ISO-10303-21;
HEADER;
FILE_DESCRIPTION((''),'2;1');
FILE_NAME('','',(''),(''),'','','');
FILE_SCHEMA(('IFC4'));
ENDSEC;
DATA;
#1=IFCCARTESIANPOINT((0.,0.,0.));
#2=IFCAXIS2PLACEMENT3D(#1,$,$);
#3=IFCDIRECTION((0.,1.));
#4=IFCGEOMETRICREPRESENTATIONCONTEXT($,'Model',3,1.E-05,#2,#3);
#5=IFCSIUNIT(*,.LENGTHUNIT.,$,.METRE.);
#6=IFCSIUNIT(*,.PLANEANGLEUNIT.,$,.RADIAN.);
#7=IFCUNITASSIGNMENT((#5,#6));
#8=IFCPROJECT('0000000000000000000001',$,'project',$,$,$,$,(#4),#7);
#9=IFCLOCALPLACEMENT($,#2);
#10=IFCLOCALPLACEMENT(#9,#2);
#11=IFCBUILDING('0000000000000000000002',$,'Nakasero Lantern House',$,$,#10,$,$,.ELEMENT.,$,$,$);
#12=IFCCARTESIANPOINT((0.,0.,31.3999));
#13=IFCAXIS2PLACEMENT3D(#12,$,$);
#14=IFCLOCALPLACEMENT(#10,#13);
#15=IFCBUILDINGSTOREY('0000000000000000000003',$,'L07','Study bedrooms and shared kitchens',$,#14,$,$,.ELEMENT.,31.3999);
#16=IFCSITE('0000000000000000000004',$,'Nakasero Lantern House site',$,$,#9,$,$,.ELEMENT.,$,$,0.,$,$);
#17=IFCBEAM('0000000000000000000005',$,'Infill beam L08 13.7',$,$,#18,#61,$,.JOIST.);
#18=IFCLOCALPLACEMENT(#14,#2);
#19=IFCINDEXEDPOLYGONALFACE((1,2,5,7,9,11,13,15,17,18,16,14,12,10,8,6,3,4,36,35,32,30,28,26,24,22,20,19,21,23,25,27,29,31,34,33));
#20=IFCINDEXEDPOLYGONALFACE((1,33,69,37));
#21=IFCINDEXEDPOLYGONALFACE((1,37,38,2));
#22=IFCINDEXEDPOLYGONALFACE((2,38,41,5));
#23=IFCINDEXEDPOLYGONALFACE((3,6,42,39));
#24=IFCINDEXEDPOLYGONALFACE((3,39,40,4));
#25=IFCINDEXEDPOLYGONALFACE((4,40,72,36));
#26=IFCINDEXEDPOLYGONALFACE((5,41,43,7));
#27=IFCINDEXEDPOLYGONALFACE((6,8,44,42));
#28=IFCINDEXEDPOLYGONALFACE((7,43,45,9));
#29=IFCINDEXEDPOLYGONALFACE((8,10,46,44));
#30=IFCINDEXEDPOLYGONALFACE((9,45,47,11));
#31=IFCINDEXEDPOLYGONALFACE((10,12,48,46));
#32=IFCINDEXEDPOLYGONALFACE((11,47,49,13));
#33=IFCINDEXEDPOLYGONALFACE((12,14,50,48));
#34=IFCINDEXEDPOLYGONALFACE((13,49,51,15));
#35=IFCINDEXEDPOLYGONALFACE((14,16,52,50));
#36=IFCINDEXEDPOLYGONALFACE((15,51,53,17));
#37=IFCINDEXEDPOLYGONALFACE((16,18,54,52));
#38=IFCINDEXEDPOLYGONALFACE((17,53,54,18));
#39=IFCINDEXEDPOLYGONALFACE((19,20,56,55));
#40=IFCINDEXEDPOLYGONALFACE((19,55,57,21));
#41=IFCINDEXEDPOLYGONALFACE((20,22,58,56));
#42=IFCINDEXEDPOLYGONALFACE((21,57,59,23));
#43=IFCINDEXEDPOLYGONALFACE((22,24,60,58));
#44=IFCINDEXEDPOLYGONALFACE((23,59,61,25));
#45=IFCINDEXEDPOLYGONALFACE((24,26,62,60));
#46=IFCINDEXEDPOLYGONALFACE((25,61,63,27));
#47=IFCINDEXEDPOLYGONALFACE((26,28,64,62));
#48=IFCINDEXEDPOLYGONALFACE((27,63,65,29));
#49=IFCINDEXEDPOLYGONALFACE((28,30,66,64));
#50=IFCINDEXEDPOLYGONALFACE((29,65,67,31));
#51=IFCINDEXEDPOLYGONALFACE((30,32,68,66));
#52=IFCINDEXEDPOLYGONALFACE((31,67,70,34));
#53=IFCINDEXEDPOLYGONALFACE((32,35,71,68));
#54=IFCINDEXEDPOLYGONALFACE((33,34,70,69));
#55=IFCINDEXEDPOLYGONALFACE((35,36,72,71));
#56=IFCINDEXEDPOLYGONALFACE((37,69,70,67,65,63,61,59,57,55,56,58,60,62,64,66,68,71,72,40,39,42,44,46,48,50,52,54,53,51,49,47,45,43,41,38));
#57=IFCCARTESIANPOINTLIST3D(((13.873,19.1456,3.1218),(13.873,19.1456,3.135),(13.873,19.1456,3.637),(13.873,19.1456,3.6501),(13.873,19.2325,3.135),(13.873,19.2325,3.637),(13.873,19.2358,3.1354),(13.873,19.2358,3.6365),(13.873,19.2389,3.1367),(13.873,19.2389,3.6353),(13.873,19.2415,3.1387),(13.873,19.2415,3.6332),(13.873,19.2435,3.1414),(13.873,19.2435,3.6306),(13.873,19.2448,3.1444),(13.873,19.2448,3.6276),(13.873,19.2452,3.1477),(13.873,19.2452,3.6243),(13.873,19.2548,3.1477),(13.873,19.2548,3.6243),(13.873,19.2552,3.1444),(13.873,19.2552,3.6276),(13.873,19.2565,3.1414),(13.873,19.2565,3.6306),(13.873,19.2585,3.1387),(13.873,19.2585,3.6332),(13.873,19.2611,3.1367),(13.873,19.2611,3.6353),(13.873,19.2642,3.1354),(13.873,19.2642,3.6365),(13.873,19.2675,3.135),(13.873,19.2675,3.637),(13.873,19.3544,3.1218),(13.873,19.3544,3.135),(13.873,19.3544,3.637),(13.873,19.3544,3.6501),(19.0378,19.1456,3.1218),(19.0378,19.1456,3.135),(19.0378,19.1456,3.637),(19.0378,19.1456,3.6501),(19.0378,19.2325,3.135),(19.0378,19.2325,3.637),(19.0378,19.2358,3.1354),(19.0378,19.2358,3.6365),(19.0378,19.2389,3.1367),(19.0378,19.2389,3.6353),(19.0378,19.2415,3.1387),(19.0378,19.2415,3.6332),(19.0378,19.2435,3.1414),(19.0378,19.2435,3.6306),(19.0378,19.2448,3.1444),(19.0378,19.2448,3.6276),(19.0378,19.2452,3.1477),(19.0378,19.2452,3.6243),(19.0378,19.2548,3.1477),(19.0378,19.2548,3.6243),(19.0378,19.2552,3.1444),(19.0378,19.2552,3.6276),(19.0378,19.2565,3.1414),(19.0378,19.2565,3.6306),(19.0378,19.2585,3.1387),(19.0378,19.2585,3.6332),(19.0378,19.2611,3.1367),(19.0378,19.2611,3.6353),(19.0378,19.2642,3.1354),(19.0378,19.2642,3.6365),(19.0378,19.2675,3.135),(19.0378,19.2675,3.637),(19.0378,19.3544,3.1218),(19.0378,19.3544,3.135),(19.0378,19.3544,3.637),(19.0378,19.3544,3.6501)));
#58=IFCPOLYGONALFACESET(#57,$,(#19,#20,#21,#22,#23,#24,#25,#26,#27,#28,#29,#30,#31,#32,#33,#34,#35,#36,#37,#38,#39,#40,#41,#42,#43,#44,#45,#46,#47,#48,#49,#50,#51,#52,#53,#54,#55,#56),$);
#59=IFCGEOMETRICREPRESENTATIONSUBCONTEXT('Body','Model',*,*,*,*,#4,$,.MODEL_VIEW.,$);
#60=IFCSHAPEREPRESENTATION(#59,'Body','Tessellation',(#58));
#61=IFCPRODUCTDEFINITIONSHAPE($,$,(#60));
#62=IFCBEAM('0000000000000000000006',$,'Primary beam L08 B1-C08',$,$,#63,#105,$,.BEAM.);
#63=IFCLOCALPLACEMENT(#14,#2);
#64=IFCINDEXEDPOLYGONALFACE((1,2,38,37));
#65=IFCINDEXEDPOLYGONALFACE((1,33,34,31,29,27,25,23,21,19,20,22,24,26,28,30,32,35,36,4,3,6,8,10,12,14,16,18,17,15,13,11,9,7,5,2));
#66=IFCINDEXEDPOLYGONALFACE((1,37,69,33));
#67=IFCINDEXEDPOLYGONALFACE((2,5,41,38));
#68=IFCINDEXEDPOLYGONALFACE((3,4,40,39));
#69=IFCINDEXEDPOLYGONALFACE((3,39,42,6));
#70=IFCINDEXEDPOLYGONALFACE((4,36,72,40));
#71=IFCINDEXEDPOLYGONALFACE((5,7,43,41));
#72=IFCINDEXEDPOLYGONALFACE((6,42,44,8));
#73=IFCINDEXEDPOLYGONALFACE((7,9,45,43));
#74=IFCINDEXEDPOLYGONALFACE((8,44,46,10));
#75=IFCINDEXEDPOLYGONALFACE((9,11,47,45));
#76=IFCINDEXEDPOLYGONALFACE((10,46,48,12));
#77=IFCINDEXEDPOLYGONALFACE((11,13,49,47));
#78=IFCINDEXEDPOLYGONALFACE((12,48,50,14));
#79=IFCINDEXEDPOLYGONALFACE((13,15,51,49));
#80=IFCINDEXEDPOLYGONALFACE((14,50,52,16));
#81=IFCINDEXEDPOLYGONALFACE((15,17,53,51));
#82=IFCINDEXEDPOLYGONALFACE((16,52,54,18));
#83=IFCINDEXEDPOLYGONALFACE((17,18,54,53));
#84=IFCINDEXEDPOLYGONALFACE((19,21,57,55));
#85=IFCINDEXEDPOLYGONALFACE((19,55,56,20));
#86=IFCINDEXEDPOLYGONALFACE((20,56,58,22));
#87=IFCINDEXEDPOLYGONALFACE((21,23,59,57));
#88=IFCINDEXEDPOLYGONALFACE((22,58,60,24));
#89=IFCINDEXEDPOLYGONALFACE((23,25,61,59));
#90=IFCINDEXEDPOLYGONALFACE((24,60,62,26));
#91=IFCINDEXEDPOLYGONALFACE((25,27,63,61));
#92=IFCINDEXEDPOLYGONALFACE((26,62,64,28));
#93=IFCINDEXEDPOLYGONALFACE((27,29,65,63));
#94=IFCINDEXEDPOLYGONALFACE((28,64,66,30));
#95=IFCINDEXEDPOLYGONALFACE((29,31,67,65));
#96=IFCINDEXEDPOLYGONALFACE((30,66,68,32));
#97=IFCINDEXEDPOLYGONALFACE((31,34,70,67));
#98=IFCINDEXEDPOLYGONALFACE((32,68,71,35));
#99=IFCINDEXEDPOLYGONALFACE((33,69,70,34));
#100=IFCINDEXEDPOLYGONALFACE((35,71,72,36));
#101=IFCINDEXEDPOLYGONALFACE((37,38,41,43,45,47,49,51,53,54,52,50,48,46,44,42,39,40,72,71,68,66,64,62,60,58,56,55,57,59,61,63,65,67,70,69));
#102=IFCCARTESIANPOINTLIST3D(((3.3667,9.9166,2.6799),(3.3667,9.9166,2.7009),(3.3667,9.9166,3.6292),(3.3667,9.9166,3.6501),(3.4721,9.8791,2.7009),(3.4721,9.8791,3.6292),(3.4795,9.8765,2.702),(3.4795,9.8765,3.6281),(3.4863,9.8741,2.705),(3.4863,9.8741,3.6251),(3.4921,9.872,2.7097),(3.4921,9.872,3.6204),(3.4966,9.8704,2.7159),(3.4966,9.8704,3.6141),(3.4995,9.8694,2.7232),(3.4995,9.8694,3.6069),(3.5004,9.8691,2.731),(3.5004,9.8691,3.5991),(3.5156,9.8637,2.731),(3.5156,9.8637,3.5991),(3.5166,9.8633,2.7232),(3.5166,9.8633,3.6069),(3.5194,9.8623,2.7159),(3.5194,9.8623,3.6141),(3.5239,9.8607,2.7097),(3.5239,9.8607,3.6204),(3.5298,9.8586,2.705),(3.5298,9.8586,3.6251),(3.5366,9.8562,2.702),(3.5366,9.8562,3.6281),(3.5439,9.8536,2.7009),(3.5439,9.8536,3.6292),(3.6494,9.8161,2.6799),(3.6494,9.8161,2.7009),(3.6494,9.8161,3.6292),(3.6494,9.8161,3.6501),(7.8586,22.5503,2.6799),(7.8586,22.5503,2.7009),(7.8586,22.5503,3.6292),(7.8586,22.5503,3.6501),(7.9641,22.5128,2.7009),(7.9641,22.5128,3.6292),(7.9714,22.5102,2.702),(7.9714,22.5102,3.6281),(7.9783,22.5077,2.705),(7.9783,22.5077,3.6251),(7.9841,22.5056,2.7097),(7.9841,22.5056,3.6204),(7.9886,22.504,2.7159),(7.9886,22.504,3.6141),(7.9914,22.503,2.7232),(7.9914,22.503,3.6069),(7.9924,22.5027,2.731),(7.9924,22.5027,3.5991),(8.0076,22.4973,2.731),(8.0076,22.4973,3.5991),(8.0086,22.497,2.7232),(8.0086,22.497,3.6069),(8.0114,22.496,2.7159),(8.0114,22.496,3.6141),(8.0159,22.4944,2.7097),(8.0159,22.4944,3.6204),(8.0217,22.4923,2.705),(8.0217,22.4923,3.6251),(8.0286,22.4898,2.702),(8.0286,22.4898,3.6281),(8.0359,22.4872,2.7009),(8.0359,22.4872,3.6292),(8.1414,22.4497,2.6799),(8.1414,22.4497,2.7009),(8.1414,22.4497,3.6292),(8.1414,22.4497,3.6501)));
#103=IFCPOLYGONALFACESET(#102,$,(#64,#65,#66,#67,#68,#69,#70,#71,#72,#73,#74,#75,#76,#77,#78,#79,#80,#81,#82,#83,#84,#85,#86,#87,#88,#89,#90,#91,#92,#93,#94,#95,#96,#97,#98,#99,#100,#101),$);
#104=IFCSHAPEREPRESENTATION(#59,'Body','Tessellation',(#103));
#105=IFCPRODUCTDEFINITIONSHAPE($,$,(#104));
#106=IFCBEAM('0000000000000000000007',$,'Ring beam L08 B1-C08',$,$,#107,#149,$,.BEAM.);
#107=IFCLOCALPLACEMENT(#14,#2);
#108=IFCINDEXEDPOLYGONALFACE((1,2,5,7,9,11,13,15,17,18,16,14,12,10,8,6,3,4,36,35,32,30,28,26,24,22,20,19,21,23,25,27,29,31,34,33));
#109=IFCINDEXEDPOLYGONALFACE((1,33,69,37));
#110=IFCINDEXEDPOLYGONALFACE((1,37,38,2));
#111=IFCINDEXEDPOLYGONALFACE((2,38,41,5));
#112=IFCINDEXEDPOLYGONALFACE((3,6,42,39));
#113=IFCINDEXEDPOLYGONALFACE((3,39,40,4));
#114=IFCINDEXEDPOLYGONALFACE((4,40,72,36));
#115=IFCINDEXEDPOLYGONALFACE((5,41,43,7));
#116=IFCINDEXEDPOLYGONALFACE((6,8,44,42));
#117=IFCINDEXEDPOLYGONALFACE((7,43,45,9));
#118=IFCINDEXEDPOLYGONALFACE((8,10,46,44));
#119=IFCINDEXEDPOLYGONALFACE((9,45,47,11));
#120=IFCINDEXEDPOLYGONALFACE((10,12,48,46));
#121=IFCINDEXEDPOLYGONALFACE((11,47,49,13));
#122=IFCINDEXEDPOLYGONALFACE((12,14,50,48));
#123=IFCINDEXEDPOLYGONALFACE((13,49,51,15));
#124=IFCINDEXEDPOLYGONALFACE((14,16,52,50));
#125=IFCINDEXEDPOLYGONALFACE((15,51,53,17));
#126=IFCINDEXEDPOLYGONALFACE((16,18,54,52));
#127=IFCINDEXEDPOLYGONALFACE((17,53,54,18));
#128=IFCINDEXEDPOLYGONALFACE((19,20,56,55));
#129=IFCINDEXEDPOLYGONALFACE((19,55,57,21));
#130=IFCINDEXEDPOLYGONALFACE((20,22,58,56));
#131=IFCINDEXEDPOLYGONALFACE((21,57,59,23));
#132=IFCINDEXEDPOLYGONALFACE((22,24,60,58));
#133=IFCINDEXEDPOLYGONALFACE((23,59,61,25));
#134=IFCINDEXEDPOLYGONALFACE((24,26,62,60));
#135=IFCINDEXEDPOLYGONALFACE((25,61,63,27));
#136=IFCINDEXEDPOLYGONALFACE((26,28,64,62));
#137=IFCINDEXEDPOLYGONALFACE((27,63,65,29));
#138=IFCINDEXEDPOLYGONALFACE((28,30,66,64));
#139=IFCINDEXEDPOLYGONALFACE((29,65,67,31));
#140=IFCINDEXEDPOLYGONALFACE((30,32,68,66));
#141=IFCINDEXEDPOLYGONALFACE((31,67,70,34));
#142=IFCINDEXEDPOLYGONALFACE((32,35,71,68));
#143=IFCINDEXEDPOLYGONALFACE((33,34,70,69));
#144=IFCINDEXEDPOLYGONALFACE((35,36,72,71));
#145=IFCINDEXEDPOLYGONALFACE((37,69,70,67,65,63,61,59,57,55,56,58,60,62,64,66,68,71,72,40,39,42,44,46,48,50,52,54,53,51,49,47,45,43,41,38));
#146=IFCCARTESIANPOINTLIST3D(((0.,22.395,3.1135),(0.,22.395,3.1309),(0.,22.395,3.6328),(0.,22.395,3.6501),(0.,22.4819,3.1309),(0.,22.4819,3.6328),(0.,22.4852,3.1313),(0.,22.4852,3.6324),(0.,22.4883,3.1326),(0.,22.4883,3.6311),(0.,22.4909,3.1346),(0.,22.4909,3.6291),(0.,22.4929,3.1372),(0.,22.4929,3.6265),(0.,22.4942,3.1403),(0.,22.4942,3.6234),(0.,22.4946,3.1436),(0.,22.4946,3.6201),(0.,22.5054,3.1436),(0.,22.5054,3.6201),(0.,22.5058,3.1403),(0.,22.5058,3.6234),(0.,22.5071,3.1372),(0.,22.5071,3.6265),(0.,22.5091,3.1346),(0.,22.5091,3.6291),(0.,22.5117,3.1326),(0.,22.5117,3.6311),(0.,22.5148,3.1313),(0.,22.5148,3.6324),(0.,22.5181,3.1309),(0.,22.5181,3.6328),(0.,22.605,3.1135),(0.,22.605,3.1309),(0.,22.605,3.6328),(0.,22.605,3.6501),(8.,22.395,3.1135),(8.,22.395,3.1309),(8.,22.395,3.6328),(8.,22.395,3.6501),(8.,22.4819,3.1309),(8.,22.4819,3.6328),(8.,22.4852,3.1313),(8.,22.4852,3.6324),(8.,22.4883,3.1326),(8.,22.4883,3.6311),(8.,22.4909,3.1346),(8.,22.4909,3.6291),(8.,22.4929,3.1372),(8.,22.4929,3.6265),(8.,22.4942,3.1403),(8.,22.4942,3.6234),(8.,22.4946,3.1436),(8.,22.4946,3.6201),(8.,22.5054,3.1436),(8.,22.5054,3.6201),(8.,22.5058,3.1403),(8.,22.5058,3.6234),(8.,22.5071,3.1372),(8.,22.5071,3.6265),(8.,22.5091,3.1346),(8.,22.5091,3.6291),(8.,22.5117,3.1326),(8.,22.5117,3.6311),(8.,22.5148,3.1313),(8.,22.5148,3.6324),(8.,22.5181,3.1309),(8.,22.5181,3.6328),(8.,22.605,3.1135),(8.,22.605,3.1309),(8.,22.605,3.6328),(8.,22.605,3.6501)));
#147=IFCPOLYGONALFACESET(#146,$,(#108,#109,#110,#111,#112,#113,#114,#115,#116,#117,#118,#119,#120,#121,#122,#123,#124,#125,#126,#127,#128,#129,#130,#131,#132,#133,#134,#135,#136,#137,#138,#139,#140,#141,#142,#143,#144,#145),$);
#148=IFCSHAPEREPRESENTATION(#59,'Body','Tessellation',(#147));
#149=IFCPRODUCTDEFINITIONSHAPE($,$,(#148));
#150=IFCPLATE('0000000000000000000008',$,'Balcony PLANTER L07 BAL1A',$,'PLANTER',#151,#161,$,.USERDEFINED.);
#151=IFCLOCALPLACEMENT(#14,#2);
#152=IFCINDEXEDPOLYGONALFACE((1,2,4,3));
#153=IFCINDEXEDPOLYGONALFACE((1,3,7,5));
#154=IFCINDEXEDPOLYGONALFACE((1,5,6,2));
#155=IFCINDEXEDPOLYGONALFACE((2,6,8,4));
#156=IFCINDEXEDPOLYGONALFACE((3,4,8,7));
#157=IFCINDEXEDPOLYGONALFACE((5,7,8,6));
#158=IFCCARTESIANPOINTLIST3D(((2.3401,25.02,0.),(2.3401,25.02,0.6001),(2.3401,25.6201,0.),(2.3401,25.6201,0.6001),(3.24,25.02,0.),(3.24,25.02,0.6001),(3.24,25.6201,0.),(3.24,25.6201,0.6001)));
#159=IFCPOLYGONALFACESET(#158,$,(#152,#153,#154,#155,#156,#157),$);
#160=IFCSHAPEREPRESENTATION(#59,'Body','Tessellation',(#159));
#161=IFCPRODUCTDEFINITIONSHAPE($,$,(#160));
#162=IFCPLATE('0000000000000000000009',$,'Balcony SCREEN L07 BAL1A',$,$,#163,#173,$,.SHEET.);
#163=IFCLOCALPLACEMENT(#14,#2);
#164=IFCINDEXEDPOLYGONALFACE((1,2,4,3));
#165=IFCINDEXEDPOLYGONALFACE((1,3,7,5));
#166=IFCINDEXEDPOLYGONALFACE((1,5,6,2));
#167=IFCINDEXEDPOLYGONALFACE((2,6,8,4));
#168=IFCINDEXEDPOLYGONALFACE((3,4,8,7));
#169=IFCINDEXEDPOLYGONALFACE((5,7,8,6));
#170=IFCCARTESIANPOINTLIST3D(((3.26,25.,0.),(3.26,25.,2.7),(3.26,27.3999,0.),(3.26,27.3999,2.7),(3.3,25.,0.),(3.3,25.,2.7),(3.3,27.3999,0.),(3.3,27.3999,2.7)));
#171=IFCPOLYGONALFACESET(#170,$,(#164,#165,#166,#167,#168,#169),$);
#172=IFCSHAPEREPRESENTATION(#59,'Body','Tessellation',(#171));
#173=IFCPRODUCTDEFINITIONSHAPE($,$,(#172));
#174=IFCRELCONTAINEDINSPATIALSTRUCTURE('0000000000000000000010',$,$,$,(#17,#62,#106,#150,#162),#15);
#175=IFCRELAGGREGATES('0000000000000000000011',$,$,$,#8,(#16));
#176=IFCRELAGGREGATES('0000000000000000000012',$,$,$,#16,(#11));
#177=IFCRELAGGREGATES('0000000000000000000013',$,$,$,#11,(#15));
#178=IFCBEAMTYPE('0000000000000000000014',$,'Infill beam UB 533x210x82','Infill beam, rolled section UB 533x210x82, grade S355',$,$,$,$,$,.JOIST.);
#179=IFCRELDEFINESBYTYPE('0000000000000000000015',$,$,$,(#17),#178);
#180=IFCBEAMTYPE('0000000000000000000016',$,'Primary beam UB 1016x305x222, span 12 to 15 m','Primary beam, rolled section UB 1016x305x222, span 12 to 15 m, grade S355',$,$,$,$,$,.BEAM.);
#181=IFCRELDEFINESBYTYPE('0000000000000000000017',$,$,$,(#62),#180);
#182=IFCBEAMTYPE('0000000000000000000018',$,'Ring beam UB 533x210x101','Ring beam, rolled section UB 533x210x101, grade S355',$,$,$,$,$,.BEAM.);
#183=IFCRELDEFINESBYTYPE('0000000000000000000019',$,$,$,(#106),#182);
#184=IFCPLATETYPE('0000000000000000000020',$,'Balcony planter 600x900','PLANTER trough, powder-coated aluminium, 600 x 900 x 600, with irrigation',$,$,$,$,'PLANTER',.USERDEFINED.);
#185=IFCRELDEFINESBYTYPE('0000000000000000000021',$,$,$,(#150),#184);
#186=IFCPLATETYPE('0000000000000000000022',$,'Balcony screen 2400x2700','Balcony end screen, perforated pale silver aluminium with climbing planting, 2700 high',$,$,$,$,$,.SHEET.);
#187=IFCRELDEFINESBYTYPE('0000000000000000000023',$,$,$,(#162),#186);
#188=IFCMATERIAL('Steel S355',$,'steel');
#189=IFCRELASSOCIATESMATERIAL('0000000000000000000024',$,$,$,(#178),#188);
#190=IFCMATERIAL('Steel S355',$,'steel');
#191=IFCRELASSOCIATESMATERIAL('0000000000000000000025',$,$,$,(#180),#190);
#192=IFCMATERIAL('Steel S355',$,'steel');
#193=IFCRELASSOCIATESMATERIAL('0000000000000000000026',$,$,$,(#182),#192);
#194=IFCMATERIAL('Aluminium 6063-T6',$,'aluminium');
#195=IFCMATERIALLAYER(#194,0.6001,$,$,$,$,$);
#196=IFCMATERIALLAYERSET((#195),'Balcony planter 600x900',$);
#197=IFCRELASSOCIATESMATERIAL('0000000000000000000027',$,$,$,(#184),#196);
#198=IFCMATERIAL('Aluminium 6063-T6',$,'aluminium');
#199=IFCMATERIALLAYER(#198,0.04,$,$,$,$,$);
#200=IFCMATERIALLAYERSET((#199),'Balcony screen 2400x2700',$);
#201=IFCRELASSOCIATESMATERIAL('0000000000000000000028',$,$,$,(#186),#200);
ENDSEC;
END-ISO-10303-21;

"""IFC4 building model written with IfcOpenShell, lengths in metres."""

from ifc_helpers import new_model, si_unit, direction, frame, origin, origin_2d, place, context, subcontext, project, spatial, rectangle, i_section, extrude, material, layer, layer_set, material_profile, profile_set, type_object, element, save


model = new_model("IFC4")

# Units and contexts
model_context = context("Model", 3, precision=1e-05, world=origin(), true_north=direction((0.0, 1.0)))
body_context = subcontext(model_context, "Body", "Model", "MODEL_VIEW")
ifc_project = project(units=[si_unit("LENGTHUNIT", "METRE"), si_unit("PLANEANGLEUNIT", "RADIAN")], contexts=[model_context])

# Site, building, storey
site_placement = place(None, origin())
site = spatial("IfcSite", under=ifc_project, at=site_placement, Name="Nakasero Lantern House site", CompositionType="ELEMENT", RefElevation=0.0)
building_placement = place(site_placement, origin())
building = spatial("IfcBuilding", under=site, at=building_placement, Name="Nakasero Lantern House", CompositionType="ELEMENT")
storey_placement = place(building_placement, frame((0.0, 0.0, 31.3999)))
storey = spatial("IfcBuildingStorey", under=building, at=storey_placement, Name="L07", Description="Study bedrooms and shared kitchens", CompositionType="ELEMENT", Elevation=31.3999)

# Beams
ifc_material_1 = material(Name="Steel S355", Category="steel")
ifc_material_profile_1 = material_profile(ifc_material_1, i_section(OverallWidth=0.2087, OverallDepth=0.5283, WebThickness=0.0095, FlangeThickness=0.0132, FilletRadius=0.0127, at=origin_2d()), Name="UB 533x210x82")
ifc_profile_set_1 = profile_set([ifc_material_profile_1], Name="Steel S355")
beam_type_1 = type_object("IfcBeamType", Name="Infill beam UB 533x210x82", Description="Infill beam, rolled section UB 533x210x82, grade S355", PredefinedType="JOIST", material=ifc_profile_set_1)
beam_1_placement = place(storey_placement, frame((13.873, 19.25, 3.386), z_axis=(1.0, 0.0, 0.0), x_axis=(0.0, 1.0, 0.0)))
element("IfcBeam", 1, at=beam_1_placement, inside=storey, type_object=beam_type_1, Name="Infill beam L08 13.7", PredefinedType="JOIST", context=body_context, shape_type="SweptSolid", body=[
    extrude(i_section(OverallWidth=0.2087, OverallDepth=0.5283, WebThickness=0.0095, FlangeThickness=0.0132, FilletRadius=0.0127, at=origin_2d()), origin(), (0.0, 0.0, 1.0), 5.1648),
])
ifc_material_2 = material(Name="Steel S355", Category="steel")
ifc_material_profile_2 = material_profile(ifc_material_2, i_section(OverallWidth=0.3, OverallDepth=0.9702, WebThickness=0.0161, FlangeThickness=0.021, FilletRadius=0.03, at=origin_2d()), Name="UB 1016x305x222")
ifc_profile_set_2 = profile_set([ifc_material_profile_2], Name="Steel S355")
beam_type_2 = type_object("IfcBeamType", Name="Primary beam UB 1016x305x222, span 12 to 15 m", Description="Primary beam, rolled section UB 1016x305x222, span 12 to 15 m, grade S355", PredefinedType="BEAM", material=ifc_profile_set_2)
beam_2_placement = place(storey_placement, frame((8.0, 22.5, 3.165), z_axis=(-0.335011, -0.942214, 0.0), x_axis=(0.942214, -0.335011, 0.0)))
element("IfcBeam", 2, at=beam_2_placement, inside=storey, type_object=beam_type_2, Name="Primary beam L08 B1-C08", PredefinedType="BEAM", context=body_context, shape_type="SweptSolid", body=[
    extrude(i_section(OverallWidth=0.3, OverallDepth=0.9702, WebThickness=0.0161, FlangeThickness=0.021, FilletRadius=0.03, at=origin_2d()), origin(), (0.0, 0.0, 1.0), 13.4084),
])
ifc_material_3 = material(Name="Steel S355", Category="steel")
ifc_material_profile_3 = material_profile(ifc_material_3, i_section(OverallWidth=0.21, OverallDepth=0.5366, WebThickness=0.0107, FlangeThickness=0.0173, FilletRadius=0.0127, at=origin_2d()), Name="UB 533x210x101")
ifc_profile_set_3 = profile_set([ifc_material_profile_3], Name="Steel S355")
beam_type_3 = type_object("IfcBeamType", Name="Ring beam UB 533x210x101", Description="Ring beam, rolled section UB 533x210x101, grade S355", PredefinedType="BEAM", material=ifc_profile_set_3)
beam_3_placement = place(storey_placement, frame((8.0, 22.5, 3.3818), z_axis=(-1.0, 0.0, 0.0), x_axis=(0.0, -1.0, 0.0)))
element("IfcBeam", 3, at=beam_3_placement, inside=storey, type_object=beam_type_3, Name="Ring beam L08 B1-C08", PredefinedType="BEAM", context=body_context, shape_type="SweptSolid", body=[
    extrude(i_section(OverallWidth=0.21, OverallDepth=0.5366, WebThickness=0.0107, FlangeThickness=0.0173, FilletRadius=0.0127, at=origin_2d()), origin(), (0.0, 0.0, 1.0), 8.0),
])

# Plates
ifc_material_4 = material(Name="Aluminium 6063-T6", Category="aluminium")
ifc_layer_1 = layer(ifc_material_4, 0.6001)
ifc_layer_set_1 = layer_set([ifc_layer_1], Name="Balcony planter 600x900")
plate_type_1 = type_object("IfcPlateType", Name="Balcony planter 600x900", Description="PLANTER trough, powder-coated aluminium, 600 x 900 x 600, with irrigation", ElementType="PLANTER", PredefinedType="USERDEFINED", material=ifc_layer_set_1)
plate_1_placement = place(storey_placement, frame((2.79, 25.3201, 0.0), z_axis=(0.0, 0.0, 1.0), x_axis=(0.0, 1.0, 0.0)))
element("IfcPlate", 4, at=plate_1_placement, inside=storey, type_object=plate_type_1, Name="Balcony PLANTER L07 BAL1A", ObjectType="PLANTER", PredefinedType="USERDEFINED", context=body_context, shape_type="SweptSolid", body=[
    extrude(rectangle(XDim=0.6001, YDim=0.8999, at=origin_2d()), origin(), (0.0, 0.0, 1.0), 0.6001),
])
ifc_material_5 = material(Name="Aluminium 6063-T6", Category="aluminium")
ifc_layer_2 = layer(ifc_material_5, 0.04)
ifc_layer_set_2 = layer_set([ifc_layer_2], Name="Balcony screen 2400x2700")
plate_type_2 = type_object("IfcPlateType", Name="Balcony screen 2400x2700", Description="Balcony end screen, perforated pale silver aluminium with climbing planting, 2700 high", PredefinedType="SHEET", material=ifc_layer_set_2)
plate_2_placement = place(storey_placement, frame((3.28, 26.2, 0.0), z_axis=(0.0, 0.0, 1.0), x_axis=(0.0, 1.0, 0.0)))
element("IfcPlate", 5, at=plate_2_placement, inside=storey, type_object=plate_type_2, Name="Balcony SCREEN L07 BAL1A", PredefinedType="SHEET", context=body_context, shape_type="SweptSolid", body=[
    extrude(rectangle(XDim=2.3999, YDim=0.04, at=origin_2d()), origin(), (0.0, 0.0, 1.0), 2.7),
])

save(model, "model.ifc")
